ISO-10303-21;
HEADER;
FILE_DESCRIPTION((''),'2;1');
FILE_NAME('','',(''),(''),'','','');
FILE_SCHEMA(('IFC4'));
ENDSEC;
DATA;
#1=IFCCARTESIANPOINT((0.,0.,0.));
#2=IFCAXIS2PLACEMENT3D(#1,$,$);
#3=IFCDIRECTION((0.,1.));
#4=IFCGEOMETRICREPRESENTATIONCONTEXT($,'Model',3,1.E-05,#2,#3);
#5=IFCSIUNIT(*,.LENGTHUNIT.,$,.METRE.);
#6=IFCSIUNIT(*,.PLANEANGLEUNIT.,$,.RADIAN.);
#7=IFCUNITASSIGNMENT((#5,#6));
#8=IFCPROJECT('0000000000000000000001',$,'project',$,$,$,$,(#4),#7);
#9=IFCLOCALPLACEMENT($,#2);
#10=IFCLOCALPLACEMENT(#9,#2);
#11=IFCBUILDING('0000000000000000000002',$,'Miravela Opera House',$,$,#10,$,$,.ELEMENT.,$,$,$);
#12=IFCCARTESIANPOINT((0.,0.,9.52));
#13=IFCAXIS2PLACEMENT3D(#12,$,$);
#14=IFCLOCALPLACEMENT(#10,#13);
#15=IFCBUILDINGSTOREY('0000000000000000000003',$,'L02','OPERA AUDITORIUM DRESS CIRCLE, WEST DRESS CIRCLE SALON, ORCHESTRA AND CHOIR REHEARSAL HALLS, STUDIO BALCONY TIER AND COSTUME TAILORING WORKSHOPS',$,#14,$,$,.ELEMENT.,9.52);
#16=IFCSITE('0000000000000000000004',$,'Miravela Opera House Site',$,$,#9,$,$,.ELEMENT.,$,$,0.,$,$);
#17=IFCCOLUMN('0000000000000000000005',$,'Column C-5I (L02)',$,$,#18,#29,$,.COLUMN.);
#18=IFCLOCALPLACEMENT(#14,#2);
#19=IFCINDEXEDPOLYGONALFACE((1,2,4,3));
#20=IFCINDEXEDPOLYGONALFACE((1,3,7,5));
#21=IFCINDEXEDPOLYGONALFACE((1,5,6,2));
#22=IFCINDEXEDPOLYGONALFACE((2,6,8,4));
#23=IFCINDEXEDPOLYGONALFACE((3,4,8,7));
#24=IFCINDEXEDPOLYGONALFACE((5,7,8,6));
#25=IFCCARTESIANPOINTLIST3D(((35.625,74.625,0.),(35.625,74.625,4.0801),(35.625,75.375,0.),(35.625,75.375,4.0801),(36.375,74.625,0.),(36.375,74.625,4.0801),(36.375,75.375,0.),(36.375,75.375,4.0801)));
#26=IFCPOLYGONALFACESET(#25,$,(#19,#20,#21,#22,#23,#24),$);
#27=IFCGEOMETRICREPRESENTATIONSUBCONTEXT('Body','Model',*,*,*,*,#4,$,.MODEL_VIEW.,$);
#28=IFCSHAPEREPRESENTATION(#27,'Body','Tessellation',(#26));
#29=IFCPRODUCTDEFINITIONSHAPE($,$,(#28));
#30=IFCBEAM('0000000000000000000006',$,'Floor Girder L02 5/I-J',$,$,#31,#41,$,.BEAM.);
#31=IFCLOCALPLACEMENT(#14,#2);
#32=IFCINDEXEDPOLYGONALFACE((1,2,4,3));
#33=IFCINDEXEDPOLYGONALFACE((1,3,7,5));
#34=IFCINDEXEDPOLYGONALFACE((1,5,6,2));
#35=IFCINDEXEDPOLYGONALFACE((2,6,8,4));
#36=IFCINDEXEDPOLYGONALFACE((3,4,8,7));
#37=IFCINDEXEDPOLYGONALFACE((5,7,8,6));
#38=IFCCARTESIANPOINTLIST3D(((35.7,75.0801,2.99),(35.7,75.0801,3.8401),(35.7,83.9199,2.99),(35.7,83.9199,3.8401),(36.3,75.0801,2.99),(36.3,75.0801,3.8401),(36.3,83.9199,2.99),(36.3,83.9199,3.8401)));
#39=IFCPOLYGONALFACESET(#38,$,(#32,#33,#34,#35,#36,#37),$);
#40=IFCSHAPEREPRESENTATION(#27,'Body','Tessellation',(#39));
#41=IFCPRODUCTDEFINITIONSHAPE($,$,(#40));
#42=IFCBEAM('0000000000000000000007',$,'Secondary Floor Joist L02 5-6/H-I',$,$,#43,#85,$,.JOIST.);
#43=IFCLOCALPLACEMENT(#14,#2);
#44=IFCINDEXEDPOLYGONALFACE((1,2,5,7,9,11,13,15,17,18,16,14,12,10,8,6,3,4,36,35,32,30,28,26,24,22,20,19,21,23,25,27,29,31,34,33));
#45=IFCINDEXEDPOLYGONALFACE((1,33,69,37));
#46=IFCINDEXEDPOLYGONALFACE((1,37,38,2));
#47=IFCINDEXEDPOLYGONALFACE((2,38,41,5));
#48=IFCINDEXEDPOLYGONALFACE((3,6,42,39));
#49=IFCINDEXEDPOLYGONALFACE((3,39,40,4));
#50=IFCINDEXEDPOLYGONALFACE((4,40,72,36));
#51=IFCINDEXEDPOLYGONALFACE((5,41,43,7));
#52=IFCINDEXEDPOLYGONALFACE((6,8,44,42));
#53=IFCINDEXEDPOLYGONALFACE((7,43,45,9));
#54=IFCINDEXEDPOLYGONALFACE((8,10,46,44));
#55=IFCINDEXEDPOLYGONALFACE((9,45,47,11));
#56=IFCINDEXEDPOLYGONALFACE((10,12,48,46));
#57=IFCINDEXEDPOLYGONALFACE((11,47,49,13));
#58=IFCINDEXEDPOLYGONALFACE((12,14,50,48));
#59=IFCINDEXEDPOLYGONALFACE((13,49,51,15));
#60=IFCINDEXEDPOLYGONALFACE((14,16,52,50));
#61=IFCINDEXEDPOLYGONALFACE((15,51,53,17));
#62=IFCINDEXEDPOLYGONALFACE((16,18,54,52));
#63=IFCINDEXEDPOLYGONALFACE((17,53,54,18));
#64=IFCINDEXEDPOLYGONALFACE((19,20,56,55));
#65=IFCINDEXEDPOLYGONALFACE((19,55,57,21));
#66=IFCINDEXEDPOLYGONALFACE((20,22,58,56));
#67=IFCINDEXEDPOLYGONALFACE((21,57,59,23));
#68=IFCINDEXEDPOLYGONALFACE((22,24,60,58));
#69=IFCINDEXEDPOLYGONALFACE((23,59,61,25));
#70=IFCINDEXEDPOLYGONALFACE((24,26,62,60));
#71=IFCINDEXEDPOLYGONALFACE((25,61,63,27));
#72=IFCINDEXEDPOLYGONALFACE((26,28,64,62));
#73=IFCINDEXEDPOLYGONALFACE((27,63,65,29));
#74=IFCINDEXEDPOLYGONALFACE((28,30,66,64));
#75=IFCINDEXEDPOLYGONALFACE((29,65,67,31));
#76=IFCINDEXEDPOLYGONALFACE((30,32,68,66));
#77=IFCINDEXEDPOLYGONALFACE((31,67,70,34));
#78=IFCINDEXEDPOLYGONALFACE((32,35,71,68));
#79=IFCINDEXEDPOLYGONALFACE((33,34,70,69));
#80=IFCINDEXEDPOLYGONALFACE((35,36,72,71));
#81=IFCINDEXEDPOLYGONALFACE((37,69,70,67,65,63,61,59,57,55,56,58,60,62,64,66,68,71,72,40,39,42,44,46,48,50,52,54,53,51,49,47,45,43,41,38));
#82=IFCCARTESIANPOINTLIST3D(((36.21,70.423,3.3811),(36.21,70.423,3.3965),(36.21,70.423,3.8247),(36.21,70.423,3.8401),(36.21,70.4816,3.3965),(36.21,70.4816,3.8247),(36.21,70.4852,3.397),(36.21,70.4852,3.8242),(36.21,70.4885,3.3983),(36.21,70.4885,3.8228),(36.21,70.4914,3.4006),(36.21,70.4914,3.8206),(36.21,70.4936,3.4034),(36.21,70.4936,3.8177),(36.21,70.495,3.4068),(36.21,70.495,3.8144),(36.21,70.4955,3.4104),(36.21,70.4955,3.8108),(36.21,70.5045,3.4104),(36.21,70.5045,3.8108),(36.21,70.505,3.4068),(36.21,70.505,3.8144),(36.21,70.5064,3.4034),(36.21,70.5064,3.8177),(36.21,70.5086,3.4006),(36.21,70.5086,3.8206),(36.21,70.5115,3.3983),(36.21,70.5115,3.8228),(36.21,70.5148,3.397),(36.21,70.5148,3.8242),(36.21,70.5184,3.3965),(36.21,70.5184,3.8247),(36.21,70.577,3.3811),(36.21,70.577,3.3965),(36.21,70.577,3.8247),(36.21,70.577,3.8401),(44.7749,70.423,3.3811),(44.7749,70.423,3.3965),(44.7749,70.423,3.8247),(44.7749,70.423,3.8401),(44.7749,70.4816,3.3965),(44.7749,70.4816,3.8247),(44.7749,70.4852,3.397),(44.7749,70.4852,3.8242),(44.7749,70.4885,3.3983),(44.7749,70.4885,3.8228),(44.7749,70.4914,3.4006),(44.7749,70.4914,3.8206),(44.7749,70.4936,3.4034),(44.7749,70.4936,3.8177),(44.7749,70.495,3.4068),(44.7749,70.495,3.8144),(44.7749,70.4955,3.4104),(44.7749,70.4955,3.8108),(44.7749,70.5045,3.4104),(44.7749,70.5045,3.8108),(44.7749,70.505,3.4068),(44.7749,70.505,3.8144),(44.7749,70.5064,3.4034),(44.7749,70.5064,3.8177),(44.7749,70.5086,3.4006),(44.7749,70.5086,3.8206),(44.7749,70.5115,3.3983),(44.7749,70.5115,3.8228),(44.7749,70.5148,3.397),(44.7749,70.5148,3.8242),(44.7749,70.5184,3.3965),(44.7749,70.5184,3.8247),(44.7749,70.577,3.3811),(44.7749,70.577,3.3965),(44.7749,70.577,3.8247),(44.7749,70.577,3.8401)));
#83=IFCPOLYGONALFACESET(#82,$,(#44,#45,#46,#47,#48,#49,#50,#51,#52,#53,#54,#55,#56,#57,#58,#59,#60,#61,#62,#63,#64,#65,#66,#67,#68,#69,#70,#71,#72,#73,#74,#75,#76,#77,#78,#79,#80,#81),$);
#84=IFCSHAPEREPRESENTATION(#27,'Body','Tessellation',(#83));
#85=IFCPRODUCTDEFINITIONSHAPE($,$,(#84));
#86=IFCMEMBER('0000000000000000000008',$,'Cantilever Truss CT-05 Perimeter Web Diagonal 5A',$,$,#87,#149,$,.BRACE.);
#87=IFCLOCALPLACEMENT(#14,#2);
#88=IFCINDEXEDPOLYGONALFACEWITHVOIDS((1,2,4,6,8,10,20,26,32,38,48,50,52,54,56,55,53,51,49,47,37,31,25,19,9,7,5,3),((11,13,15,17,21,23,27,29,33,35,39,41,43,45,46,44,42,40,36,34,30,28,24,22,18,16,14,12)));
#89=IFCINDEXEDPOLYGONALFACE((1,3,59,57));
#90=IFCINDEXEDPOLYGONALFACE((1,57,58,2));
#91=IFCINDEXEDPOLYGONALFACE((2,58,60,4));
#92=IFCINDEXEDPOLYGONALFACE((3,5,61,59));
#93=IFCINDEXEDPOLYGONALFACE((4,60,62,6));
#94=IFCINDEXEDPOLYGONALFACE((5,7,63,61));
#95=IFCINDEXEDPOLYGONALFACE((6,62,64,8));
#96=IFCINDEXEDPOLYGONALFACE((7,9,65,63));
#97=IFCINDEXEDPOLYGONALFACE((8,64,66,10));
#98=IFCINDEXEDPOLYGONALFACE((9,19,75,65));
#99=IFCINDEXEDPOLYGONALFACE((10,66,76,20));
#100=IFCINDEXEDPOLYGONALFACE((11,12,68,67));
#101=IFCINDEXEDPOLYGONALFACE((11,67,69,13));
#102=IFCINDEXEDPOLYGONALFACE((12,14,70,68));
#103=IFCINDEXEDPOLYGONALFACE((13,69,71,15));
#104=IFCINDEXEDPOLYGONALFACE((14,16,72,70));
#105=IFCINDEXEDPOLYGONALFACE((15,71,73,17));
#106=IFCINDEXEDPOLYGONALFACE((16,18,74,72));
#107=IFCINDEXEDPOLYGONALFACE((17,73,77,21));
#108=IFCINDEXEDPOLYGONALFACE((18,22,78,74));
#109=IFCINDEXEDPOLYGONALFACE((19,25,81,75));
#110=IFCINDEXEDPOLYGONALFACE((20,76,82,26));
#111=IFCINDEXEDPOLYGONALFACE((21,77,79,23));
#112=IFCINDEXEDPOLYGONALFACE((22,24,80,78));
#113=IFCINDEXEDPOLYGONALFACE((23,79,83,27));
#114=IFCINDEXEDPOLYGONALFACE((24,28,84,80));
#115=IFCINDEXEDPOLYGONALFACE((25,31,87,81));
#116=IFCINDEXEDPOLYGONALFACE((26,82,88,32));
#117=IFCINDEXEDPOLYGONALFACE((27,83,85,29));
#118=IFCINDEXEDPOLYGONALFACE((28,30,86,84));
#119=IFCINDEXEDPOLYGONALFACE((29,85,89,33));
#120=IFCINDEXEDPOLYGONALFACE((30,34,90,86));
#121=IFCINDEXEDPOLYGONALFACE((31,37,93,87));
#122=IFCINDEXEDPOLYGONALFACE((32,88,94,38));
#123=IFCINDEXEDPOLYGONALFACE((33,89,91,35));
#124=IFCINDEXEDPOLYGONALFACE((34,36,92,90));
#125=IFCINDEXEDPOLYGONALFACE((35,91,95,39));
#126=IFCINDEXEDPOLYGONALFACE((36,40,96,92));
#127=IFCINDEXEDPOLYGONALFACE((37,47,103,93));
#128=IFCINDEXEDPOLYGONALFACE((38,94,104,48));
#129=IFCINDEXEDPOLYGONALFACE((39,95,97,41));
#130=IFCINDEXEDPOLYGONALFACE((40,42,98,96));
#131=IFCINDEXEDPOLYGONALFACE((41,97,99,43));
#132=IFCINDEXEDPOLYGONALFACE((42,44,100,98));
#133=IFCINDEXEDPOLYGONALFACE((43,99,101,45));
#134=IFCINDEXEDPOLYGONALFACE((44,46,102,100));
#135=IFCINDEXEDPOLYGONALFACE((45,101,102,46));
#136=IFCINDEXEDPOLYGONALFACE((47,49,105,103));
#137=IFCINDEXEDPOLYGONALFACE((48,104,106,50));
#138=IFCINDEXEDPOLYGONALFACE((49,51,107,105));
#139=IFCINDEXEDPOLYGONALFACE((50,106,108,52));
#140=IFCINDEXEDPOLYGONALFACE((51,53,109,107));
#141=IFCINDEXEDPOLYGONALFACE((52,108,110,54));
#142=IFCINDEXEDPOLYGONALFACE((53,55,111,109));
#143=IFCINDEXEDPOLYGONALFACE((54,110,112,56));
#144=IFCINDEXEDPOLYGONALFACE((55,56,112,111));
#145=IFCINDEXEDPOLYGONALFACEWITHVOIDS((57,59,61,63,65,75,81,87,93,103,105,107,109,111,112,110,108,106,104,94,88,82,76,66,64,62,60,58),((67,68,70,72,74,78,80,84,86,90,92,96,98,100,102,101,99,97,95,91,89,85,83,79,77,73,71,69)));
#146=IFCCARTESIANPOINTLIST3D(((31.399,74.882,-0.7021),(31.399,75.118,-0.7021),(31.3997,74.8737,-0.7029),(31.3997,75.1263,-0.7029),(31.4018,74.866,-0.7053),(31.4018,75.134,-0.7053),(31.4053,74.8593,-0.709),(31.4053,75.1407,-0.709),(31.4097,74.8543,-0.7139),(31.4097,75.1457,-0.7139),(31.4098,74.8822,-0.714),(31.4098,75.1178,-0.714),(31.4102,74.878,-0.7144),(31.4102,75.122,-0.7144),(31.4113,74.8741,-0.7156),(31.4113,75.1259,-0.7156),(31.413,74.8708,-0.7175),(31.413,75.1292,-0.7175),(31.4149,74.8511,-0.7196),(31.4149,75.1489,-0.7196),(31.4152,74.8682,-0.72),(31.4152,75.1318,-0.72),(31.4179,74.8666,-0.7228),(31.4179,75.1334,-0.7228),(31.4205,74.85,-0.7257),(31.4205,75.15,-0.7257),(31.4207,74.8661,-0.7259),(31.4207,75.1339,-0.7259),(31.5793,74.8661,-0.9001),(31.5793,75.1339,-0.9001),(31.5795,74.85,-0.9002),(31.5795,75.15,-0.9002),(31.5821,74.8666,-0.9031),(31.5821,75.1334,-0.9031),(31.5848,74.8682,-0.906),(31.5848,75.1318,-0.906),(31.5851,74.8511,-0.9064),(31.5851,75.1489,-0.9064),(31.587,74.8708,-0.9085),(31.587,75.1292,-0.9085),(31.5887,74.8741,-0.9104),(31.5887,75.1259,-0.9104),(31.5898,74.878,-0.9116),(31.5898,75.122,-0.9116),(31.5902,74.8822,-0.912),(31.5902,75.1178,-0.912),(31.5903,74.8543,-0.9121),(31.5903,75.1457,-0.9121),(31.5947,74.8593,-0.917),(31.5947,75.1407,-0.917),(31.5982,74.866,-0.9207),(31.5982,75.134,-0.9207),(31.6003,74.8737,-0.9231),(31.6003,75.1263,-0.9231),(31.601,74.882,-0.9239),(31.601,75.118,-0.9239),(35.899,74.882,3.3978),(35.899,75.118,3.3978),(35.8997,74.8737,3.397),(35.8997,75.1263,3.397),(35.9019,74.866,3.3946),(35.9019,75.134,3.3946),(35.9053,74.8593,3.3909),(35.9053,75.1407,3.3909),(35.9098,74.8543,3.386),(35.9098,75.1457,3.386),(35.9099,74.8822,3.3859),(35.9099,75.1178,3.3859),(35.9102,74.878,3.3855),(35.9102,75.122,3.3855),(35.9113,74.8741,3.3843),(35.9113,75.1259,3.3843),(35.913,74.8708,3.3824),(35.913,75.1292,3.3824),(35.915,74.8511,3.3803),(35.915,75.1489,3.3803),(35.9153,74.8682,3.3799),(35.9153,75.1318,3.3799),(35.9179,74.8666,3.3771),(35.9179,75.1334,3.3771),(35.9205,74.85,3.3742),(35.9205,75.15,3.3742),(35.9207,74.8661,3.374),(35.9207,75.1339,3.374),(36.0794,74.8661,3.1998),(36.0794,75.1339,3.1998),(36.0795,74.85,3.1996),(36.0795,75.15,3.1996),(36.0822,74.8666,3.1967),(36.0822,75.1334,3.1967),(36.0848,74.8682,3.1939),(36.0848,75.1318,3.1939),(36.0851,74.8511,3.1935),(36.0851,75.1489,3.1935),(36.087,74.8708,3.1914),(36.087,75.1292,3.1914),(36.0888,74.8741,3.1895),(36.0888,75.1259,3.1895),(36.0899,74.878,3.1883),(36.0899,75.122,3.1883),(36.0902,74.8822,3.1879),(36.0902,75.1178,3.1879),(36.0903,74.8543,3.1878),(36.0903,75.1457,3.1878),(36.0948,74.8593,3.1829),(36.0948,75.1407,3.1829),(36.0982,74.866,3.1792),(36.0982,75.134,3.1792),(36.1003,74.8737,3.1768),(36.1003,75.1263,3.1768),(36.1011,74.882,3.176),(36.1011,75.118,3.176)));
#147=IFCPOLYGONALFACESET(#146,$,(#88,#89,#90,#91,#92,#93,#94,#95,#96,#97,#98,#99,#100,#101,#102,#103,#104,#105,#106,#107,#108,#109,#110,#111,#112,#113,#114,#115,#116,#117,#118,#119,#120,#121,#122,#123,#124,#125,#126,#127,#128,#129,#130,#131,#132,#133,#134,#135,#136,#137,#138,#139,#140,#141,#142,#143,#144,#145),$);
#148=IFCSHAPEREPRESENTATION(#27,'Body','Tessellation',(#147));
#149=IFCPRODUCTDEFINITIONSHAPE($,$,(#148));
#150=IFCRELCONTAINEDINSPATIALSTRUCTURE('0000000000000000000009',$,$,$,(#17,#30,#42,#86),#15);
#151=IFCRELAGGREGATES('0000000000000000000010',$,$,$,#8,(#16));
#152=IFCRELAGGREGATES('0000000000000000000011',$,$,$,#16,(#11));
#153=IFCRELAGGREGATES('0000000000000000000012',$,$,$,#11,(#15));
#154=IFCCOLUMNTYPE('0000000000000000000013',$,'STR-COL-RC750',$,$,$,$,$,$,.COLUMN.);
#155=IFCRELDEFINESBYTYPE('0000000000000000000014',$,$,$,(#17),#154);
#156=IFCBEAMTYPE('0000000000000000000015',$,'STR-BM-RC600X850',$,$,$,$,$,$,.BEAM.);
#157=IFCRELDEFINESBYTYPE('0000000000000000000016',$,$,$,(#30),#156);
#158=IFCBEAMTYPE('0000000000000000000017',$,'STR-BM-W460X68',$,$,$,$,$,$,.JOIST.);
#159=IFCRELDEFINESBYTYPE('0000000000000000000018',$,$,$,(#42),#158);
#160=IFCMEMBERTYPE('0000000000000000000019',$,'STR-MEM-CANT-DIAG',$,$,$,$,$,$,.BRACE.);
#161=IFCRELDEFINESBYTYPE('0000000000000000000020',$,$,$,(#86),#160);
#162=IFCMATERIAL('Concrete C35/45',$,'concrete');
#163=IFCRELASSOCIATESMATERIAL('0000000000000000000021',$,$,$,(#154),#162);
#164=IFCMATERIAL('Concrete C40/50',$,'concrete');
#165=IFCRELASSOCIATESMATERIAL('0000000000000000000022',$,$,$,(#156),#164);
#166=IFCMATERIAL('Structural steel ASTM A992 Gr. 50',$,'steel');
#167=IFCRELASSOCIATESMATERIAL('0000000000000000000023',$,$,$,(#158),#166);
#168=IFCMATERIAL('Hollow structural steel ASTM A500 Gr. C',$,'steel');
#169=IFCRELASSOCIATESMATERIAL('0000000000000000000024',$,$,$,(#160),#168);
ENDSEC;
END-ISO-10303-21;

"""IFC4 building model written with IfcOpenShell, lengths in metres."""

from ifc_helpers import new_model, si_unit, direction, frame, origin, origin_2d, place, context, subcontext, project, spatial, rectangle, hollow_rectangle, i_section, extrude, material, material_profile, profile_set, type_object, element, save


model = new_model("IFC4")

# Units and contexts
model_context = context("Model", 3, precision=1e-05, world=origin(), true_north=direction((0.0, 1.0)))
body_context = subcontext(model_context, "Body", "Model", "MODEL_VIEW")
ifc_project = project(units=[si_unit("LENGTHUNIT", "METRE"), si_unit("PLANEANGLEUNIT", "RADIAN")], contexts=[model_context])

# Site, building, storey
site_placement = place(None, origin())
site = spatial("IfcSite", under=ifc_project, at=site_placement, Name="Miravela Opera House Site", CompositionType="ELEMENT", RefElevation=0.0)
building_placement = place(site_placement, origin())
building = spatial("IfcBuilding", under=site, at=building_placement, Name="Miravela Opera House", CompositionType="ELEMENT")
storey_placement = place(building_placement, frame((0.0, 0.0, 9.52)))
storey = spatial("IfcBuildingStorey", under=building, at=storey_placement, Name="L02", Description="OPERA AUDITORIUM DRESS CIRCLE, WEST DRESS CIRCLE SALON, ORCHESTRA AND CHOIR REHEARSAL HALLS, STUDIO BALCONY TIER AND COSTUME TAILORING WORKSHOPS", CompositionType="ELEMENT", Elevation=9.52)

# Column
ifc_material_1 = material(Name="Concrete C35/45", Category="concrete")
ifc_material_profile_1 = material_profile(ifc_material_1, rectangle(XDim=0.75, YDim=0.75, at=origin_2d()), Name="RC-COL-750X750")
ifc_profile_set_1 = profile_set([ifc_material_profile_1])
column_type = type_object("IfcColumnType", Name="STR-COL-RC750", PredefinedType="COLUMN", material=ifc_profile_set_1)
column_placement = place(storey_placement, frame((36.0, 75.0, 0.0), z_axis=(0.0, 0.0, 1.0), x_axis=(1.0, 0.0, 0.0)))
element("IfcColumn", 1, at=column_placement, inside=storey, type_object=column_type, Name="Column C-5I (L02)", PredefinedType="COLUMN", context=body_context, shape_type="SweptSolid", body=[
    extrude(rectangle(XDim=0.75, YDim=0.75, at=origin_2d()), origin(), (0.0, 0.0, 1.0), 4.0801),
])

# Beams
ifc_material_2 = material(Name="Concrete C40/50", Category="concrete")
ifc_material_profile_2 = material_profile(ifc_material_2, rectangle(XDim=0.6001, YDim=0.8501, at=origin_2d()), Name="RC-BM-600X850")
ifc_profile_set_2 = profile_set([ifc_material_profile_2])
beam_type_1 = type_object("IfcBeamType", Name="STR-BM-RC600X850", PredefinedType="BEAM", material=ifc_profile_set_2)
beam_1_placement = place(storey_placement, frame((36.0, 75.0801, 3.415), z_axis=(0.0, 1.0, 0.0), x_axis=(-1.0, 0.0, 0.0)))
element("IfcBeam", 2, at=beam_1_placement, inside=storey, type_object=beam_type_1, Name="Floor Girder L02 5/I-J", PredefinedType="BEAM", context=body_context, shape_type="SweptSolid", body=[
    extrude(rectangle(XDim=0.6001, YDim=0.8501, at=origin_2d()), origin(), (0.0, 0.0, 1.0), 8.8398),
])
ifc_material_3 = material(Name="Structural steel ASTM A992 Gr. 50", Category="steel")
ifc_material_profile_3 = material_profile(ifc_material_3, i_section(OverallWidth=0.1541, OverallDepth=0.459, WebThickness=0.009, FlangeThickness=0.0154, FilletRadius=0.0139, at=origin_2d()), Name="W460X68")
ifc_profile_set_3 = profile_set([ifc_material_profile_3])
beam_type_2 = type_object("IfcBeamType", Name="STR-BM-W460X68", PredefinedType="JOIST", material=ifc_profile_set_3)
beam_2_placement = place(storey_placement, frame((36.21, 70.5, 3.6106), z_axis=(1.0, 0.0, 0.0), x_axis=(0.0, 1.0, 0.0)))
element("IfcBeam", 3, at=beam_2_placement, inside=storey, type_object=beam_type_2, Name="Secondary Floor Joist L02 5-6/H-I", PredefinedType="JOIST", context=body_context, shape_type="SweptSolid", body=[
    extrude(i_section(OverallWidth=0.1541, OverallDepth=0.459, WebThickness=0.009, FlangeThickness=0.0154, FilletRadius=0.0139, at=origin_2d()), origin(), (0.0, 0.0, 1.0), 8.5649),
])

# Member
ifc_material_4 = material(Name="Hollow structural steel ASTM A500 Gr. C", Category="steel")
ifc_material_profile_4 = material_profile(ifc_material_4, hollow_rectangle(XDim=0.3, YDim=0.3, WallThickness=0.0161, InnerFilletRadius=0.0161, OuterFilletRadius=0.032, at=origin_2d()), Name="HSS300X300X16")
ifc_profile_set_4 = profile_set([ifc_material_profile_4])
member_type_1 = type_object("IfcMemberType", Name="STR-MEM-CANT-DIAG", PredefinedType="BRACE", material=ifc_profile_set_4)
for number, where, z_axis, x_axis, name in (
    (4, (31.5, 75.0, -0.813), (0.739208, 0.0, 0.673477), (0.0, 1.0, 0.0), "Cantilever Truss CT-05 Perimeter Web Diagonal 5A"),
):
    element("IfcMember", number, at=place(storey_placement, frame(where, z_axis=z_axis, x_axis=x_axis)), inside=storey, type_object=member_type_1, Name=name, PredefinedType="BRACE", context=body_context, shape_type="SweptSolid", body=[
        extrude(hollow_rectangle(XDim=0.3, YDim=0.3, WallThickness=0.0161, InnerFilletRadius=0.0161, OuterFilletRadius=0.032, at=origin_2d()), origin(), (0.0, 0.0, 1.0), 6.0876),
    ])

save(model, "model.ifc")
